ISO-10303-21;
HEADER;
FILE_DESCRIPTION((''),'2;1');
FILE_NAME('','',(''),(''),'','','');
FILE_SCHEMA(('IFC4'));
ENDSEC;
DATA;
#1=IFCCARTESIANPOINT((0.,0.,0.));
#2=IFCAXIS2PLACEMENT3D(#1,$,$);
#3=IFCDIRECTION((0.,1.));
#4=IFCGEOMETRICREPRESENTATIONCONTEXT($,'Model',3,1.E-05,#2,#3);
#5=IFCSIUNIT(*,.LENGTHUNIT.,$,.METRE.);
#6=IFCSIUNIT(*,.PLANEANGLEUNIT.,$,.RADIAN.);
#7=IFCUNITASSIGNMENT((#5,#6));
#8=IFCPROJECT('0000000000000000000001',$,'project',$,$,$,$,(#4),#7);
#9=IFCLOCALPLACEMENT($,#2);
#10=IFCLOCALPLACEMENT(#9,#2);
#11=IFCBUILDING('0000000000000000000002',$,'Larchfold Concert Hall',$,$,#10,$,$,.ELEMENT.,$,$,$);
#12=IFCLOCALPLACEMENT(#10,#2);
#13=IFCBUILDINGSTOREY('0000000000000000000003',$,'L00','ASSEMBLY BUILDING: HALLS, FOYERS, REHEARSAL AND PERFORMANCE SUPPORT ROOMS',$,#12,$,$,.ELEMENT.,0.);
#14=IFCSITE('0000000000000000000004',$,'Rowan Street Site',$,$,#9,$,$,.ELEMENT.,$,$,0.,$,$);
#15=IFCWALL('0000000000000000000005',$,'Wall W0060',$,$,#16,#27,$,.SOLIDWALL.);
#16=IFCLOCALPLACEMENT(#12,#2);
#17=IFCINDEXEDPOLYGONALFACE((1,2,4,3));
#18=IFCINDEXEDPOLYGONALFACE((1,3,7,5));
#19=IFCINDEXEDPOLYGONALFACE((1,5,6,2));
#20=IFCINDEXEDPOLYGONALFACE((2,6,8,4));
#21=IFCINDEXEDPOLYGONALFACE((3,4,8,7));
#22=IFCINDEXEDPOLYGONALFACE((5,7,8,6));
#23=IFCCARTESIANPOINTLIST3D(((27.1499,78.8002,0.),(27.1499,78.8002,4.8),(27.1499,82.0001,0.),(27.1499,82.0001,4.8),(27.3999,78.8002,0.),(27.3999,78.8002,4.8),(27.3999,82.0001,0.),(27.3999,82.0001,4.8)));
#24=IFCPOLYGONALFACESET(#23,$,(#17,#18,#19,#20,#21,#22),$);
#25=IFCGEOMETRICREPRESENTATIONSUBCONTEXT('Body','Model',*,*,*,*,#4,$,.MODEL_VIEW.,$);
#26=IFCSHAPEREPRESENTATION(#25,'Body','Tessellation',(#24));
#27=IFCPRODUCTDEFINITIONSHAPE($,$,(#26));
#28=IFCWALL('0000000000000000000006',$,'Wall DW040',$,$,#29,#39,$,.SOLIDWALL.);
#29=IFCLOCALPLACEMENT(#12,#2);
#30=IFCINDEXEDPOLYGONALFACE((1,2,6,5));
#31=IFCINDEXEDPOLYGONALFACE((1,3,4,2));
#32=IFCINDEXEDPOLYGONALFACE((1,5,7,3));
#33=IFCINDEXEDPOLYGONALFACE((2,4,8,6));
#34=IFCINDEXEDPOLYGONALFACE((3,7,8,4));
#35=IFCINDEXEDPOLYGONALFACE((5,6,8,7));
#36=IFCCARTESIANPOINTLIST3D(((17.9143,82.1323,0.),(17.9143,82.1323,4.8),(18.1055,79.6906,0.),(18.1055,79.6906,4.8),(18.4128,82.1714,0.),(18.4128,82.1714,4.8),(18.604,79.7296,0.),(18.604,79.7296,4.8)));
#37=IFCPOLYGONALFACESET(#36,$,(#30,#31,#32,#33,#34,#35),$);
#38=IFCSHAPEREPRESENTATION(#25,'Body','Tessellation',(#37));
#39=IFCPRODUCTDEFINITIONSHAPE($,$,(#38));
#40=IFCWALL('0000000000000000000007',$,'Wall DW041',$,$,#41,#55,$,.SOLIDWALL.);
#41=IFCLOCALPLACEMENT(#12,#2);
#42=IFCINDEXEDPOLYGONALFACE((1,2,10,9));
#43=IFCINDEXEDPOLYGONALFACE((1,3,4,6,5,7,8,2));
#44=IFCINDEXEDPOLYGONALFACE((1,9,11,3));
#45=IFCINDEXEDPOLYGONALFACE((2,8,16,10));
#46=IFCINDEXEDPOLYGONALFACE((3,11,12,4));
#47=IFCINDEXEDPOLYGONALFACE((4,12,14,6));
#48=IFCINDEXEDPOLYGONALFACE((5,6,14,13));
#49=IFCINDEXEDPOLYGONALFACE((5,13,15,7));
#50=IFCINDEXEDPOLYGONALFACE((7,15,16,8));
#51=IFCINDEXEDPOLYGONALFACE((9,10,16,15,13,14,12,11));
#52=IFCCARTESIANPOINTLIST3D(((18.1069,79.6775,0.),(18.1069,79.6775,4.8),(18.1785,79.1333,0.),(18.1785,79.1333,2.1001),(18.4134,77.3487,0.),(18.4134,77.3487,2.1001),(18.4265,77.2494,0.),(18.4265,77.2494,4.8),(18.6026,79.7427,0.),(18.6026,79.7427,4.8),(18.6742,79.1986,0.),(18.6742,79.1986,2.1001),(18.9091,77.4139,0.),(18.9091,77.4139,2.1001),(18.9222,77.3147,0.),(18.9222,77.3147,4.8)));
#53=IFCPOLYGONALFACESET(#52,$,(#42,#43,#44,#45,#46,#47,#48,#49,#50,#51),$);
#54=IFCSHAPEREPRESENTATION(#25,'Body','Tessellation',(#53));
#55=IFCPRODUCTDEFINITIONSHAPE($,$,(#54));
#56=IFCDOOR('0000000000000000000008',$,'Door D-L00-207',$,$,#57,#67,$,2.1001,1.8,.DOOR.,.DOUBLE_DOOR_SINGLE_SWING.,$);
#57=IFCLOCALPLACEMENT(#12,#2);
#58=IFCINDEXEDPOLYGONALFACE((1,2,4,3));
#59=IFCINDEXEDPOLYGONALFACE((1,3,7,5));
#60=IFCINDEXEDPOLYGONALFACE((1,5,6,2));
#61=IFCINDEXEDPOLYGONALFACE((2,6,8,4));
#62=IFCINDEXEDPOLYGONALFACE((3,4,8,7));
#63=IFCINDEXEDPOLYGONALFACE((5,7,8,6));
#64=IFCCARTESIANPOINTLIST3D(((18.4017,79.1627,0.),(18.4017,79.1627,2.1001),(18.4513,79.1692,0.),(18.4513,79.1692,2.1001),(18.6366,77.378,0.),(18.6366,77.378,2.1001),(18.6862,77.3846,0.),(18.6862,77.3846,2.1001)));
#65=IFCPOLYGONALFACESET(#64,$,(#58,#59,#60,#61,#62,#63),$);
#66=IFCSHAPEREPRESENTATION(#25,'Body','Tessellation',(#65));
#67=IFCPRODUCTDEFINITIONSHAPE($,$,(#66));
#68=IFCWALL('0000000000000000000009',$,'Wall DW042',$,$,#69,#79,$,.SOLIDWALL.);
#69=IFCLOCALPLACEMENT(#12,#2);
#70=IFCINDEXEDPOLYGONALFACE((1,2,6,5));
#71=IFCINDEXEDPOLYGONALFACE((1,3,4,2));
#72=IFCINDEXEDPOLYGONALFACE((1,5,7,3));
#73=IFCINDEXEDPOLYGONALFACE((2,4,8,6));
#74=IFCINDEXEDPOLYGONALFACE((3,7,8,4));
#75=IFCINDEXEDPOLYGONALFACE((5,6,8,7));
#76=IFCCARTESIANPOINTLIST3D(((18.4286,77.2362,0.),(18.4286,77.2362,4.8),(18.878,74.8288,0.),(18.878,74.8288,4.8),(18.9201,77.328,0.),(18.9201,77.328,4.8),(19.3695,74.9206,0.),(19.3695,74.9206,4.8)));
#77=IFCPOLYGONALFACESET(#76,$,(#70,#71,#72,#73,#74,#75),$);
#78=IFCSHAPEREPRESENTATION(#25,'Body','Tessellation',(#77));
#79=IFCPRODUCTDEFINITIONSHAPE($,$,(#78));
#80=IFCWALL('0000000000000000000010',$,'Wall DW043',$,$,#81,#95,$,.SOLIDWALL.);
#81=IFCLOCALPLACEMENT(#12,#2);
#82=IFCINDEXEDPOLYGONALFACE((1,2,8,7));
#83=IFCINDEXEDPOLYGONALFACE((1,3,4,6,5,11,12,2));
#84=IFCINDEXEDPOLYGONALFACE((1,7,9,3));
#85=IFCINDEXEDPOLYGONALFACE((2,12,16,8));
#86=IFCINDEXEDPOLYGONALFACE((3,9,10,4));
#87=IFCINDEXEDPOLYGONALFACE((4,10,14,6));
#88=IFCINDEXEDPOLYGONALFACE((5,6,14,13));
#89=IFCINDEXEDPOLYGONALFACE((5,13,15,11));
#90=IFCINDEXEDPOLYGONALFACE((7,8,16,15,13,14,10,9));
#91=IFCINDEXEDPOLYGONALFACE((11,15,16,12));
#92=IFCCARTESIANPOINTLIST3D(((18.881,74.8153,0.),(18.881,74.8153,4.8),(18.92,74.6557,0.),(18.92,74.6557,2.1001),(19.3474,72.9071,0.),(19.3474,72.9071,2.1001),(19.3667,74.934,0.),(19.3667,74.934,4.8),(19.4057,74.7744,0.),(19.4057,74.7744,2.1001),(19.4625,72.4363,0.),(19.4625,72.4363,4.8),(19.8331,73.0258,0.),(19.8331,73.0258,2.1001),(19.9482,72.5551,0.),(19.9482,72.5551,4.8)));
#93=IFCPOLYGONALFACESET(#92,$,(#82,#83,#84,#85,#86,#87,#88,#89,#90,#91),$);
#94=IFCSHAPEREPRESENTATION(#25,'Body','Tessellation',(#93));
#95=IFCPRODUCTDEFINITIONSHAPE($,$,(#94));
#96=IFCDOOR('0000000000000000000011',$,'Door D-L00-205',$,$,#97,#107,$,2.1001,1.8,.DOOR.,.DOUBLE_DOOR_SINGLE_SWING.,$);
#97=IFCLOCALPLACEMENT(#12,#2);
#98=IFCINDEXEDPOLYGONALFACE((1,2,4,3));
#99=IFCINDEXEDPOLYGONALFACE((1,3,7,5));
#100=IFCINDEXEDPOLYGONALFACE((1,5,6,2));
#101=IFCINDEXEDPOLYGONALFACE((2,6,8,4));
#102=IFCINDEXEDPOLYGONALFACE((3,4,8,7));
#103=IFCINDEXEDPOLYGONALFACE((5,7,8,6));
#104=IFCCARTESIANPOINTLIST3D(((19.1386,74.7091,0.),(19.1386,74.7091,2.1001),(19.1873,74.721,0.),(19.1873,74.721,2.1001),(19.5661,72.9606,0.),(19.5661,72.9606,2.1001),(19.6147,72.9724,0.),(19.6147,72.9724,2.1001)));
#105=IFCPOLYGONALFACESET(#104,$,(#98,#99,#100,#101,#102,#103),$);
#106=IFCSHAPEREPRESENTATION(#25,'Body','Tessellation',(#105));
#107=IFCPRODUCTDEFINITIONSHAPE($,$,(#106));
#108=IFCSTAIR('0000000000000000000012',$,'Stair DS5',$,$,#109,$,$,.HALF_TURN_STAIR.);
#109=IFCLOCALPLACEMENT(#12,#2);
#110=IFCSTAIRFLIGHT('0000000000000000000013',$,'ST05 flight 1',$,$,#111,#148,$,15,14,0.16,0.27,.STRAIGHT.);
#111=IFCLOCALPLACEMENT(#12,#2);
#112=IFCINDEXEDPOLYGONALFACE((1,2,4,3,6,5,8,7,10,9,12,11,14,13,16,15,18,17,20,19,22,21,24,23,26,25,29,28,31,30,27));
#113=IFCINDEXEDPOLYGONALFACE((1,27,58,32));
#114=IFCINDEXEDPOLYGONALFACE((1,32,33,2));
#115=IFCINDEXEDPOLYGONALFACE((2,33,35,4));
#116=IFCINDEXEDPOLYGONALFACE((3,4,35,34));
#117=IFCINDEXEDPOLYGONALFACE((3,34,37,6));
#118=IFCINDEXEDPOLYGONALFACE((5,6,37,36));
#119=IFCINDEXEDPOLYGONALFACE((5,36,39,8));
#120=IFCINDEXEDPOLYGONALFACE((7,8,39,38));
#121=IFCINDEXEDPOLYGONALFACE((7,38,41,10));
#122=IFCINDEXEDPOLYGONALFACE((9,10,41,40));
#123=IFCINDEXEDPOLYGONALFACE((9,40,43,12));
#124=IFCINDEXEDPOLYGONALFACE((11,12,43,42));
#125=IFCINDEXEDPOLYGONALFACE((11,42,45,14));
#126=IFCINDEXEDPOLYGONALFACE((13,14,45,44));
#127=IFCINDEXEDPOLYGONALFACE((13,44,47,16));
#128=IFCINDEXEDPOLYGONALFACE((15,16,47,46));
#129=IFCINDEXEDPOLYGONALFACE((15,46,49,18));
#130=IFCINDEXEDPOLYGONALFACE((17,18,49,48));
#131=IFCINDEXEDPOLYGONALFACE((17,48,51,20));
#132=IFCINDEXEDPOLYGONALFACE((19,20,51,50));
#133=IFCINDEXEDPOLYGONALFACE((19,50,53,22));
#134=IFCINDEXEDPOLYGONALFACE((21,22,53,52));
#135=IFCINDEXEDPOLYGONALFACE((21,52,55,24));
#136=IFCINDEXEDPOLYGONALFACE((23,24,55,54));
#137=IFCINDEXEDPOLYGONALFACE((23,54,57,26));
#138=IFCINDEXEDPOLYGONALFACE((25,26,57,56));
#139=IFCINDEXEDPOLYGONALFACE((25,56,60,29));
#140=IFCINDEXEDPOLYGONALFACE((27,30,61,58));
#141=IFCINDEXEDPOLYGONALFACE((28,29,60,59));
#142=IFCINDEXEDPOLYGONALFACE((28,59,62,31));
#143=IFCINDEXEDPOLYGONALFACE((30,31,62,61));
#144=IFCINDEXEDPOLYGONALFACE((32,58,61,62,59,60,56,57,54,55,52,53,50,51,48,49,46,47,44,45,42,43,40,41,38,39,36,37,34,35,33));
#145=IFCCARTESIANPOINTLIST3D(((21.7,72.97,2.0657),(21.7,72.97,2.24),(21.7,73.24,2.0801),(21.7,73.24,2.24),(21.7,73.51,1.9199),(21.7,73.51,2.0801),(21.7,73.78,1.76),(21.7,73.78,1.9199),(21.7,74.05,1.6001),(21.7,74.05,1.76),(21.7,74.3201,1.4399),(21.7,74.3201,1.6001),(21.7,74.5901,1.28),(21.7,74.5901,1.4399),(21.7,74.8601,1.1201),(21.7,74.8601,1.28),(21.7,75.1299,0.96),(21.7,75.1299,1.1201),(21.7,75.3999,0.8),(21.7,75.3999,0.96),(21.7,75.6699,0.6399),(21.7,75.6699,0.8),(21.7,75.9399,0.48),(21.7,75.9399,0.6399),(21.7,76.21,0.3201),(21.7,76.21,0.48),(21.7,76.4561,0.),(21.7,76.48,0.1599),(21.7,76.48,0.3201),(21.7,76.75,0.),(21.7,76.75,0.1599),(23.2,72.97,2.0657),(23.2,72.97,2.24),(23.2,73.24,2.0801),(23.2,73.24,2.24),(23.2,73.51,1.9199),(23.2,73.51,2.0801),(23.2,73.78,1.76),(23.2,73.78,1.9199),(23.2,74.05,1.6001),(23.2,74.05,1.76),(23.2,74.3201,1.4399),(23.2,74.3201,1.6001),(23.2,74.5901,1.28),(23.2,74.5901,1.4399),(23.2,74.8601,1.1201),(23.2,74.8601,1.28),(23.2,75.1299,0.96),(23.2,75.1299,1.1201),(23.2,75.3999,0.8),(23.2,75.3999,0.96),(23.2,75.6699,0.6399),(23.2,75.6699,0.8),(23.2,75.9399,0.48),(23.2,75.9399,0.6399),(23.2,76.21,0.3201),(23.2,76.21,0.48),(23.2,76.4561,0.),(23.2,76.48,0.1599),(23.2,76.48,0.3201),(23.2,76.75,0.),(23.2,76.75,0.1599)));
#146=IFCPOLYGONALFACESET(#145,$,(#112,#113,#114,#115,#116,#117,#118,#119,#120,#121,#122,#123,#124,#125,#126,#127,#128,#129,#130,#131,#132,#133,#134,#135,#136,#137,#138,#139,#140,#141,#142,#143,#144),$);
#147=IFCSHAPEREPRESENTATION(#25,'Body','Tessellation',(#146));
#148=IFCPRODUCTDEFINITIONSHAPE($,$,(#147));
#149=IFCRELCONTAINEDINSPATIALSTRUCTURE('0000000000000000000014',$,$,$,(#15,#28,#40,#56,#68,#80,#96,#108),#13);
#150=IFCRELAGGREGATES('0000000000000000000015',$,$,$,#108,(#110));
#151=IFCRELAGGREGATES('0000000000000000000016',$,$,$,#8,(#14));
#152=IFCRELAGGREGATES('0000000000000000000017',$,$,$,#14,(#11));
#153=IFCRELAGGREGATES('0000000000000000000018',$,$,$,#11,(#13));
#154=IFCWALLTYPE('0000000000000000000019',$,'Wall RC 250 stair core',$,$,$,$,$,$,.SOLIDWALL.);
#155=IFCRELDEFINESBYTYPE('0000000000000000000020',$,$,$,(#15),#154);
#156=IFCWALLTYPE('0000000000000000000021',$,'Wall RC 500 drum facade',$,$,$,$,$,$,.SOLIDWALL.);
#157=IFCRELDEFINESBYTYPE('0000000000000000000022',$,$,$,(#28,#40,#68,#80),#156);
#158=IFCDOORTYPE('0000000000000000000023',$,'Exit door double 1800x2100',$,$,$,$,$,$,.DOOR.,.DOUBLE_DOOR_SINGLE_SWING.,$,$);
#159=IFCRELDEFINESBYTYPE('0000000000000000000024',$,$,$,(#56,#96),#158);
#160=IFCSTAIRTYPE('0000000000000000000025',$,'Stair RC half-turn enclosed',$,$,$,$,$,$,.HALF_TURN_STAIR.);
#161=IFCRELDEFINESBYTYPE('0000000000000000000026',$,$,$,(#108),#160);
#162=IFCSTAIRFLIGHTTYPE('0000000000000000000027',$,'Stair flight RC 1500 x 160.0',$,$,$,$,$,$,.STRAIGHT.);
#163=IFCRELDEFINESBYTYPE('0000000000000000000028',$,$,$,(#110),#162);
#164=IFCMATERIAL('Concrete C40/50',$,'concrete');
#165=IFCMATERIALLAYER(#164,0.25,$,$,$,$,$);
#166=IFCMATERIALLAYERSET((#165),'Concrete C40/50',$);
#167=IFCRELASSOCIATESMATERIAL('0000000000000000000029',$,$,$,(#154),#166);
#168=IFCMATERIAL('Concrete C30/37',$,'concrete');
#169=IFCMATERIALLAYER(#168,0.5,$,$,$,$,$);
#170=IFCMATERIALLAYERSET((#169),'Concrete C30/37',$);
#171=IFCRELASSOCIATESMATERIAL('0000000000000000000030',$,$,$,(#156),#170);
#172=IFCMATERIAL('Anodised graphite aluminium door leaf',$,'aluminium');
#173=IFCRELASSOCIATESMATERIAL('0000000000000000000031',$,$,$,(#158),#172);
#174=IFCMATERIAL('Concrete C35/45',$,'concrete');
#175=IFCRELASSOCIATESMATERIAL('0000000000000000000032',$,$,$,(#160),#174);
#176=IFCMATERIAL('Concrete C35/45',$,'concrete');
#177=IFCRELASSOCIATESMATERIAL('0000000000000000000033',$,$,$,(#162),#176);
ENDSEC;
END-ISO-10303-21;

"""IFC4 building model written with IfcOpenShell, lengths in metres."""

from ifc_helpers import new_model, si_unit, direction, frame, frame_2d, origin, place, context, subcontext, project, spatial, polyline, rectangle, outline, extrude, material, layer, layer_set, type_object, element, fill, aggregate, save


model = new_model("IFC4")

# Units and contexts
model_context = context("Model", 3, precision=1e-05, world=origin(), true_north=direction((0.0, 1.0)))
body_context = subcontext(model_context, "Body", "Model", "MODEL_VIEW")
ifc_project = project(units=[si_unit("LENGTHUNIT", "METRE"), si_unit("PLANEANGLEUNIT", "RADIAN")], contexts=[model_context])

# Site, building, storey
site_placement = place(None, origin())
site = spatial("IfcSite", under=ifc_project, at=site_placement, Name="Rowan Street Site", CompositionType="ELEMENT", RefElevation=0.0)
building_placement = place(site_placement, origin())
building = spatial("IfcBuilding", under=site, at=building_placement, Name="Larchfold Concert Hall", CompositionType="ELEMENT")
storey_placement = place(building_placement, origin())
storey = spatial("IfcBuildingStorey", under=building, at=storey_placement, Name="L00", Description="ASSEMBLY BUILDING: HALLS, FOYERS, REHEARSAL AND PERFORMANCE SUPPORT ROOMS", CompositionType="ELEMENT", Elevation=0.0)

# Shared definitions
ifc_material_1 = material(Name="Concrete C40/50", Category="concrete")
ifc_layer_1 = layer(ifc_material_1, 0.25)
ifc_layer_set_1 = layer_set([ifc_layer_1], Name="Concrete C40/50")
wall_type_1 = type_object("IfcWallType", Name="Wall RC 250 stair core", PredefinedType="SOLIDWALL", material=ifc_layer_set_1)

# Walls
for number, where, z_axis, x_axis, name in (
    (1, (27.2749, 78.8, 0.0), (0.0, 0.0, 1.0), (0.0, 1.0, 0.0), "Wall W0060"),
):
    element("IfcWall", number, at=place(storey_placement, frame(where, z_axis=z_axis, x_axis=x_axis)), inside=storey, type_object=wall_type_1, Name=name, PredefinedType="SOLIDWALL", context=body_context, shape_type="SweptSolid", body=[
        extrude(rectangle(XDim=3.2, YDim=0.25, at=frame_2d((1.6001, 0.0))), origin(), (0.0, 0.0, 1.0), 4.8),
    ])
ifc_material_2 = material(Name="Concrete C30/37", Category="concrete")
ifc_layer_2 = layer(ifc_material_2, 0.5)
ifc_layer_set_2 = layer_set([ifc_layer_2], Name="Concrete C30/37")
wall_type_2 = type_object("IfcWallType", Name="Wall RC 500 drum facade", PredefinedType="SOLIDWALL", material=ifc_layer_set_2)
wall_1_placement = place(storey_placement, frame((18.1636, 82.1519, 0.0), z_axis=(0.0, 0.0, 1.0), x_axis=(0.078053, -0.996949, 0.0)))
element("IfcWall", 2, at=wall_1_placement, inside=storey, type_object=wall_type_2, Name="Wall DW040", PredefinedType="SOLIDWALL", context=body_context, shape_type="SweptSolid", body=[
    extrude(rectangle(XDim=2.4492, YDim=0.5, at=frame_2d((1.2246, 0.0))), origin(), (0.0, 0.0, 1.0), 4.8),
])

# Wall, opening, door
wall_2_placement = place(storey_placement, frame((18.3547, 79.7102, 0.0), z_axis=(0.0, 0.0, 1.0), x_axis=(0.130498, -0.991449, 0.0)))
wall_2 = element("IfcWall", 3, at=wall_2_placement, inside=storey, type_object=wall_type_2, Name="Wall DW041", PredefinedType="SOLIDWALL", context=body_context, shape_type="SweptSolid", body=[
    extrude(rectangle(XDim=2.449, YDim=0.5, at=frame_2d((1.2246, 0.0))), origin(), (0.0, 0.0, 1.0), 4.8),
])
opening_1_placement = place(wall_2_placement, frame((2.3489, 0.0, 0.0), z_axis=(0.0, 0.0, 1.0), x_axis=(-1.0, 0.0, 0.0)))
opening_1 = element("IfcOpeningElement", 4, at=opening_1_placement, cuts=wall_2, PredefinedType="OPENING", context=body_context, shape_type="SweptSolid", body=[
    extrude(rectangle(XDim=1.8, YDim=2.1001, at=frame_2d((0.8999, 1.05))), frame((0.0, 0.26, 0.0), z_axis=(0.0, -1.0, 0.0), x_axis=(1.0, 0.0, 0.0)), (0.0, 0.0, 1.0), 0.52),
])
ifc_material_3 = material(Name="Anodised graphite aluminium door leaf", Category="aluminium")
door_type_1 = type_object("IfcDoorType", Name="Exit door double 1800x2100", OperationType="DOUBLE_DOOR_SINGLE_SWING", PredefinedType="DOOR", material=ifc_material_3)
door_1_placement = place(opening_1_placement, origin())
door_1 = element("IfcDoor", 5, at=door_1_placement, inside=storey, type_object=door_type_1, Name="Door D-L00-207", OperationType="DOUBLE_DOOR_SINGLE_SWING", OverallHeight=2.1001, OverallWidth=1.8, PredefinedType="DOOR", context=body_context, shape_type="SweptSolid", body=[
    extrude(rectangle(XDim=1.8, YDim=2.1001, at=frame_2d((0.8999, 1.05))), frame((0.0, 0.0249, 0.0), z_axis=(0.0, -1.0, 0.0), x_axis=(1.0, 0.0, 0.0)), (0.0, 0.0, 1.0), 0.05),
])
fill(opening_1, door_1)

# Wall
wall_3_placement = place(storey_placement, frame((18.6743, 77.2822, 0.0), z_axis=(0.0, 0.0, 1.0), x_axis=(0.183524, -0.983015, 0.0)))
element("IfcWall", 6, at=wall_3_placement, inside=storey, type_object=wall_type_2, Name="Wall DW042", PredefinedType="SOLIDWALL", context=body_context, shape_type="SweptSolid", body=[
    extrude(rectangle(XDim=2.449, YDim=0.5, at=frame_2d((1.2246, 0.0))), origin(), (0.0, 0.0, 1.0), 4.8),
])

# Wall, opening, door
wall_4_placement = place(storey_placement, frame((19.1238, 74.8748, 0.0), z_axis=(0.0, 0.0, 1.0), x_axis=(0.237466, -0.971396, 0.0)))
wall_4 = element("IfcWall", 7, at=wall_4_placement, inside=storey, type_object=wall_type_2, Name="Wall DW043", PredefinedType="SOLIDWALL", context=body_context, shape_type="SweptSolid", body=[
    extrude(rectangle(XDim=2.449, YDim=0.5, at=frame_2d((1.2246, 0.0))), origin(), (0.0, 0.0, 1.0), 4.8),
])
opening_2_placement = place(wall_4_placement, frame((1.9644, 0.0, 0.0), z_axis=(0.0, 0.0, 1.0), x_axis=(-1.0, 0.0, 0.0)))
opening_2 = element("IfcOpeningElement", 8, at=opening_2_placement, cuts=wall_4, PredefinedType="OPENING", context=body_context, shape_type="SweptSolid", body=[
    extrude(rectangle(XDim=1.8, YDim=2.1001, at=frame_2d((0.8999, 1.05))), frame((0.0, 0.26, 0.0), z_axis=(0.0, -1.0, 0.0), x_axis=(1.0, 0.0, 0.0)), (0.0, 0.0, 1.0), 0.52),
])
door_2_placement = place(opening_2_placement, origin())
door_2 = element("IfcDoor", 9, at=door_2_placement, inside=storey, type_object=door_type_1, Name="Door D-L00-205", OperationType="DOUBLE_DOOR_SINGLE_SWING", OverallHeight=2.1001, OverallWidth=1.8, PredefinedType="DOOR", context=body_context, shape_type="SweptSolid", body=[
    extrude(rectangle(XDim=1.8, YDim=2.1001, at=frame_2d((0.8999, 1.05))), frame((0.0, 0.0249, 0.0), z_axis=(0.0, -1.0, 0.0), x_axis=(1.0, 0.0, 0.0)), (0.0, 0.0, 1.0), 0.05),
])
fill(opening_2, door_2)

# Stair, stair flight
ifc_material_4 = material(Name="Concrete C35/45", Category="concrete")
stair_type = type_object("IfcStairType", Name="Stair RC half-turn enclosed", PredefinedType="HALF_TURN_STAIR", material=ifc_material_4)
stair_1_placement = place(storey_placement, origin())
stair_1 = element("IfcStair", 10, at=stair_1_placement, inside=storey, type_object=stair_type, Name="Stair DS5", PredefinedType="HALF_TURN_STAIR")
ifc_material_5 = material(Name="Concrete C35/45", Category="concrete")
stair_flight_type_1 = type_object("IfcStairFlightType", Name="Stair flight RC 1500 x 160.0", PredefinedType="STRAIGHT", material=ifc_material_5)
stair_flight_1_placement = place(storey_placement, frame((22.45, 76.75, 0.0), z_axis=(0.0, 0.0, 1.0), x_axis=(0.0, -1.0, 0.0)))
stair_flight_1 = element("IfcStairFlight", 11, at=stair_flight_1_placement, type_object=stair_flight_type_1, Name="ST05 flight 1", NumberOfRisers=15, NumberOfTreads=14, PredefinedType="STRAIGHT", RiserHeight=0.16, TreadLength=0.27, context=body_context, shape_type="SweptSolid", body=[
    extrude(outline(polyline([(0.0, 0.0), (0.0, 0.1599), (0.27, 0.1599), (0.27, 0.3201), (0.54, 0.3201), (0.54, 0.48), (0.8101, 0.48), (0.8101, 0.6399), (1.0801, 0.6399), (1.0801, 0.8), (1.3501, 0.8), (1.3501, 0.96), (1.6201, 0.96), (1.6201, 1.1201), (1.8899, 1.1201), (1.8899, 1.28), (2.1599, 1.28), (2.1599, 1.4399), (2.4299, 1.4399), (2.4299, 1.6001), (2.7, 1.6001), (2.7, 1.76), (2.97, 1.76), (2.97, 1.9199), (3.24, 1.9199), (3.24, 2.0801), (3.51, 2.0801), (3.51, 2.24), (3.78, 2.24), (3.78, 2.3999), (3.78, 2.0657), (0.2939, 0.0), (0.0, 0.0)])), frame((0.0, 0.75, 0.0), z_axis=(0.0, -1.0, 0.0), x_axis=(1.0, 0.0, 0.0)), (0.0, 0.0, 1.0), 1.5),
])
aggregate(stair_1, [stair_flight_1])

save(model, "model.ifc")
